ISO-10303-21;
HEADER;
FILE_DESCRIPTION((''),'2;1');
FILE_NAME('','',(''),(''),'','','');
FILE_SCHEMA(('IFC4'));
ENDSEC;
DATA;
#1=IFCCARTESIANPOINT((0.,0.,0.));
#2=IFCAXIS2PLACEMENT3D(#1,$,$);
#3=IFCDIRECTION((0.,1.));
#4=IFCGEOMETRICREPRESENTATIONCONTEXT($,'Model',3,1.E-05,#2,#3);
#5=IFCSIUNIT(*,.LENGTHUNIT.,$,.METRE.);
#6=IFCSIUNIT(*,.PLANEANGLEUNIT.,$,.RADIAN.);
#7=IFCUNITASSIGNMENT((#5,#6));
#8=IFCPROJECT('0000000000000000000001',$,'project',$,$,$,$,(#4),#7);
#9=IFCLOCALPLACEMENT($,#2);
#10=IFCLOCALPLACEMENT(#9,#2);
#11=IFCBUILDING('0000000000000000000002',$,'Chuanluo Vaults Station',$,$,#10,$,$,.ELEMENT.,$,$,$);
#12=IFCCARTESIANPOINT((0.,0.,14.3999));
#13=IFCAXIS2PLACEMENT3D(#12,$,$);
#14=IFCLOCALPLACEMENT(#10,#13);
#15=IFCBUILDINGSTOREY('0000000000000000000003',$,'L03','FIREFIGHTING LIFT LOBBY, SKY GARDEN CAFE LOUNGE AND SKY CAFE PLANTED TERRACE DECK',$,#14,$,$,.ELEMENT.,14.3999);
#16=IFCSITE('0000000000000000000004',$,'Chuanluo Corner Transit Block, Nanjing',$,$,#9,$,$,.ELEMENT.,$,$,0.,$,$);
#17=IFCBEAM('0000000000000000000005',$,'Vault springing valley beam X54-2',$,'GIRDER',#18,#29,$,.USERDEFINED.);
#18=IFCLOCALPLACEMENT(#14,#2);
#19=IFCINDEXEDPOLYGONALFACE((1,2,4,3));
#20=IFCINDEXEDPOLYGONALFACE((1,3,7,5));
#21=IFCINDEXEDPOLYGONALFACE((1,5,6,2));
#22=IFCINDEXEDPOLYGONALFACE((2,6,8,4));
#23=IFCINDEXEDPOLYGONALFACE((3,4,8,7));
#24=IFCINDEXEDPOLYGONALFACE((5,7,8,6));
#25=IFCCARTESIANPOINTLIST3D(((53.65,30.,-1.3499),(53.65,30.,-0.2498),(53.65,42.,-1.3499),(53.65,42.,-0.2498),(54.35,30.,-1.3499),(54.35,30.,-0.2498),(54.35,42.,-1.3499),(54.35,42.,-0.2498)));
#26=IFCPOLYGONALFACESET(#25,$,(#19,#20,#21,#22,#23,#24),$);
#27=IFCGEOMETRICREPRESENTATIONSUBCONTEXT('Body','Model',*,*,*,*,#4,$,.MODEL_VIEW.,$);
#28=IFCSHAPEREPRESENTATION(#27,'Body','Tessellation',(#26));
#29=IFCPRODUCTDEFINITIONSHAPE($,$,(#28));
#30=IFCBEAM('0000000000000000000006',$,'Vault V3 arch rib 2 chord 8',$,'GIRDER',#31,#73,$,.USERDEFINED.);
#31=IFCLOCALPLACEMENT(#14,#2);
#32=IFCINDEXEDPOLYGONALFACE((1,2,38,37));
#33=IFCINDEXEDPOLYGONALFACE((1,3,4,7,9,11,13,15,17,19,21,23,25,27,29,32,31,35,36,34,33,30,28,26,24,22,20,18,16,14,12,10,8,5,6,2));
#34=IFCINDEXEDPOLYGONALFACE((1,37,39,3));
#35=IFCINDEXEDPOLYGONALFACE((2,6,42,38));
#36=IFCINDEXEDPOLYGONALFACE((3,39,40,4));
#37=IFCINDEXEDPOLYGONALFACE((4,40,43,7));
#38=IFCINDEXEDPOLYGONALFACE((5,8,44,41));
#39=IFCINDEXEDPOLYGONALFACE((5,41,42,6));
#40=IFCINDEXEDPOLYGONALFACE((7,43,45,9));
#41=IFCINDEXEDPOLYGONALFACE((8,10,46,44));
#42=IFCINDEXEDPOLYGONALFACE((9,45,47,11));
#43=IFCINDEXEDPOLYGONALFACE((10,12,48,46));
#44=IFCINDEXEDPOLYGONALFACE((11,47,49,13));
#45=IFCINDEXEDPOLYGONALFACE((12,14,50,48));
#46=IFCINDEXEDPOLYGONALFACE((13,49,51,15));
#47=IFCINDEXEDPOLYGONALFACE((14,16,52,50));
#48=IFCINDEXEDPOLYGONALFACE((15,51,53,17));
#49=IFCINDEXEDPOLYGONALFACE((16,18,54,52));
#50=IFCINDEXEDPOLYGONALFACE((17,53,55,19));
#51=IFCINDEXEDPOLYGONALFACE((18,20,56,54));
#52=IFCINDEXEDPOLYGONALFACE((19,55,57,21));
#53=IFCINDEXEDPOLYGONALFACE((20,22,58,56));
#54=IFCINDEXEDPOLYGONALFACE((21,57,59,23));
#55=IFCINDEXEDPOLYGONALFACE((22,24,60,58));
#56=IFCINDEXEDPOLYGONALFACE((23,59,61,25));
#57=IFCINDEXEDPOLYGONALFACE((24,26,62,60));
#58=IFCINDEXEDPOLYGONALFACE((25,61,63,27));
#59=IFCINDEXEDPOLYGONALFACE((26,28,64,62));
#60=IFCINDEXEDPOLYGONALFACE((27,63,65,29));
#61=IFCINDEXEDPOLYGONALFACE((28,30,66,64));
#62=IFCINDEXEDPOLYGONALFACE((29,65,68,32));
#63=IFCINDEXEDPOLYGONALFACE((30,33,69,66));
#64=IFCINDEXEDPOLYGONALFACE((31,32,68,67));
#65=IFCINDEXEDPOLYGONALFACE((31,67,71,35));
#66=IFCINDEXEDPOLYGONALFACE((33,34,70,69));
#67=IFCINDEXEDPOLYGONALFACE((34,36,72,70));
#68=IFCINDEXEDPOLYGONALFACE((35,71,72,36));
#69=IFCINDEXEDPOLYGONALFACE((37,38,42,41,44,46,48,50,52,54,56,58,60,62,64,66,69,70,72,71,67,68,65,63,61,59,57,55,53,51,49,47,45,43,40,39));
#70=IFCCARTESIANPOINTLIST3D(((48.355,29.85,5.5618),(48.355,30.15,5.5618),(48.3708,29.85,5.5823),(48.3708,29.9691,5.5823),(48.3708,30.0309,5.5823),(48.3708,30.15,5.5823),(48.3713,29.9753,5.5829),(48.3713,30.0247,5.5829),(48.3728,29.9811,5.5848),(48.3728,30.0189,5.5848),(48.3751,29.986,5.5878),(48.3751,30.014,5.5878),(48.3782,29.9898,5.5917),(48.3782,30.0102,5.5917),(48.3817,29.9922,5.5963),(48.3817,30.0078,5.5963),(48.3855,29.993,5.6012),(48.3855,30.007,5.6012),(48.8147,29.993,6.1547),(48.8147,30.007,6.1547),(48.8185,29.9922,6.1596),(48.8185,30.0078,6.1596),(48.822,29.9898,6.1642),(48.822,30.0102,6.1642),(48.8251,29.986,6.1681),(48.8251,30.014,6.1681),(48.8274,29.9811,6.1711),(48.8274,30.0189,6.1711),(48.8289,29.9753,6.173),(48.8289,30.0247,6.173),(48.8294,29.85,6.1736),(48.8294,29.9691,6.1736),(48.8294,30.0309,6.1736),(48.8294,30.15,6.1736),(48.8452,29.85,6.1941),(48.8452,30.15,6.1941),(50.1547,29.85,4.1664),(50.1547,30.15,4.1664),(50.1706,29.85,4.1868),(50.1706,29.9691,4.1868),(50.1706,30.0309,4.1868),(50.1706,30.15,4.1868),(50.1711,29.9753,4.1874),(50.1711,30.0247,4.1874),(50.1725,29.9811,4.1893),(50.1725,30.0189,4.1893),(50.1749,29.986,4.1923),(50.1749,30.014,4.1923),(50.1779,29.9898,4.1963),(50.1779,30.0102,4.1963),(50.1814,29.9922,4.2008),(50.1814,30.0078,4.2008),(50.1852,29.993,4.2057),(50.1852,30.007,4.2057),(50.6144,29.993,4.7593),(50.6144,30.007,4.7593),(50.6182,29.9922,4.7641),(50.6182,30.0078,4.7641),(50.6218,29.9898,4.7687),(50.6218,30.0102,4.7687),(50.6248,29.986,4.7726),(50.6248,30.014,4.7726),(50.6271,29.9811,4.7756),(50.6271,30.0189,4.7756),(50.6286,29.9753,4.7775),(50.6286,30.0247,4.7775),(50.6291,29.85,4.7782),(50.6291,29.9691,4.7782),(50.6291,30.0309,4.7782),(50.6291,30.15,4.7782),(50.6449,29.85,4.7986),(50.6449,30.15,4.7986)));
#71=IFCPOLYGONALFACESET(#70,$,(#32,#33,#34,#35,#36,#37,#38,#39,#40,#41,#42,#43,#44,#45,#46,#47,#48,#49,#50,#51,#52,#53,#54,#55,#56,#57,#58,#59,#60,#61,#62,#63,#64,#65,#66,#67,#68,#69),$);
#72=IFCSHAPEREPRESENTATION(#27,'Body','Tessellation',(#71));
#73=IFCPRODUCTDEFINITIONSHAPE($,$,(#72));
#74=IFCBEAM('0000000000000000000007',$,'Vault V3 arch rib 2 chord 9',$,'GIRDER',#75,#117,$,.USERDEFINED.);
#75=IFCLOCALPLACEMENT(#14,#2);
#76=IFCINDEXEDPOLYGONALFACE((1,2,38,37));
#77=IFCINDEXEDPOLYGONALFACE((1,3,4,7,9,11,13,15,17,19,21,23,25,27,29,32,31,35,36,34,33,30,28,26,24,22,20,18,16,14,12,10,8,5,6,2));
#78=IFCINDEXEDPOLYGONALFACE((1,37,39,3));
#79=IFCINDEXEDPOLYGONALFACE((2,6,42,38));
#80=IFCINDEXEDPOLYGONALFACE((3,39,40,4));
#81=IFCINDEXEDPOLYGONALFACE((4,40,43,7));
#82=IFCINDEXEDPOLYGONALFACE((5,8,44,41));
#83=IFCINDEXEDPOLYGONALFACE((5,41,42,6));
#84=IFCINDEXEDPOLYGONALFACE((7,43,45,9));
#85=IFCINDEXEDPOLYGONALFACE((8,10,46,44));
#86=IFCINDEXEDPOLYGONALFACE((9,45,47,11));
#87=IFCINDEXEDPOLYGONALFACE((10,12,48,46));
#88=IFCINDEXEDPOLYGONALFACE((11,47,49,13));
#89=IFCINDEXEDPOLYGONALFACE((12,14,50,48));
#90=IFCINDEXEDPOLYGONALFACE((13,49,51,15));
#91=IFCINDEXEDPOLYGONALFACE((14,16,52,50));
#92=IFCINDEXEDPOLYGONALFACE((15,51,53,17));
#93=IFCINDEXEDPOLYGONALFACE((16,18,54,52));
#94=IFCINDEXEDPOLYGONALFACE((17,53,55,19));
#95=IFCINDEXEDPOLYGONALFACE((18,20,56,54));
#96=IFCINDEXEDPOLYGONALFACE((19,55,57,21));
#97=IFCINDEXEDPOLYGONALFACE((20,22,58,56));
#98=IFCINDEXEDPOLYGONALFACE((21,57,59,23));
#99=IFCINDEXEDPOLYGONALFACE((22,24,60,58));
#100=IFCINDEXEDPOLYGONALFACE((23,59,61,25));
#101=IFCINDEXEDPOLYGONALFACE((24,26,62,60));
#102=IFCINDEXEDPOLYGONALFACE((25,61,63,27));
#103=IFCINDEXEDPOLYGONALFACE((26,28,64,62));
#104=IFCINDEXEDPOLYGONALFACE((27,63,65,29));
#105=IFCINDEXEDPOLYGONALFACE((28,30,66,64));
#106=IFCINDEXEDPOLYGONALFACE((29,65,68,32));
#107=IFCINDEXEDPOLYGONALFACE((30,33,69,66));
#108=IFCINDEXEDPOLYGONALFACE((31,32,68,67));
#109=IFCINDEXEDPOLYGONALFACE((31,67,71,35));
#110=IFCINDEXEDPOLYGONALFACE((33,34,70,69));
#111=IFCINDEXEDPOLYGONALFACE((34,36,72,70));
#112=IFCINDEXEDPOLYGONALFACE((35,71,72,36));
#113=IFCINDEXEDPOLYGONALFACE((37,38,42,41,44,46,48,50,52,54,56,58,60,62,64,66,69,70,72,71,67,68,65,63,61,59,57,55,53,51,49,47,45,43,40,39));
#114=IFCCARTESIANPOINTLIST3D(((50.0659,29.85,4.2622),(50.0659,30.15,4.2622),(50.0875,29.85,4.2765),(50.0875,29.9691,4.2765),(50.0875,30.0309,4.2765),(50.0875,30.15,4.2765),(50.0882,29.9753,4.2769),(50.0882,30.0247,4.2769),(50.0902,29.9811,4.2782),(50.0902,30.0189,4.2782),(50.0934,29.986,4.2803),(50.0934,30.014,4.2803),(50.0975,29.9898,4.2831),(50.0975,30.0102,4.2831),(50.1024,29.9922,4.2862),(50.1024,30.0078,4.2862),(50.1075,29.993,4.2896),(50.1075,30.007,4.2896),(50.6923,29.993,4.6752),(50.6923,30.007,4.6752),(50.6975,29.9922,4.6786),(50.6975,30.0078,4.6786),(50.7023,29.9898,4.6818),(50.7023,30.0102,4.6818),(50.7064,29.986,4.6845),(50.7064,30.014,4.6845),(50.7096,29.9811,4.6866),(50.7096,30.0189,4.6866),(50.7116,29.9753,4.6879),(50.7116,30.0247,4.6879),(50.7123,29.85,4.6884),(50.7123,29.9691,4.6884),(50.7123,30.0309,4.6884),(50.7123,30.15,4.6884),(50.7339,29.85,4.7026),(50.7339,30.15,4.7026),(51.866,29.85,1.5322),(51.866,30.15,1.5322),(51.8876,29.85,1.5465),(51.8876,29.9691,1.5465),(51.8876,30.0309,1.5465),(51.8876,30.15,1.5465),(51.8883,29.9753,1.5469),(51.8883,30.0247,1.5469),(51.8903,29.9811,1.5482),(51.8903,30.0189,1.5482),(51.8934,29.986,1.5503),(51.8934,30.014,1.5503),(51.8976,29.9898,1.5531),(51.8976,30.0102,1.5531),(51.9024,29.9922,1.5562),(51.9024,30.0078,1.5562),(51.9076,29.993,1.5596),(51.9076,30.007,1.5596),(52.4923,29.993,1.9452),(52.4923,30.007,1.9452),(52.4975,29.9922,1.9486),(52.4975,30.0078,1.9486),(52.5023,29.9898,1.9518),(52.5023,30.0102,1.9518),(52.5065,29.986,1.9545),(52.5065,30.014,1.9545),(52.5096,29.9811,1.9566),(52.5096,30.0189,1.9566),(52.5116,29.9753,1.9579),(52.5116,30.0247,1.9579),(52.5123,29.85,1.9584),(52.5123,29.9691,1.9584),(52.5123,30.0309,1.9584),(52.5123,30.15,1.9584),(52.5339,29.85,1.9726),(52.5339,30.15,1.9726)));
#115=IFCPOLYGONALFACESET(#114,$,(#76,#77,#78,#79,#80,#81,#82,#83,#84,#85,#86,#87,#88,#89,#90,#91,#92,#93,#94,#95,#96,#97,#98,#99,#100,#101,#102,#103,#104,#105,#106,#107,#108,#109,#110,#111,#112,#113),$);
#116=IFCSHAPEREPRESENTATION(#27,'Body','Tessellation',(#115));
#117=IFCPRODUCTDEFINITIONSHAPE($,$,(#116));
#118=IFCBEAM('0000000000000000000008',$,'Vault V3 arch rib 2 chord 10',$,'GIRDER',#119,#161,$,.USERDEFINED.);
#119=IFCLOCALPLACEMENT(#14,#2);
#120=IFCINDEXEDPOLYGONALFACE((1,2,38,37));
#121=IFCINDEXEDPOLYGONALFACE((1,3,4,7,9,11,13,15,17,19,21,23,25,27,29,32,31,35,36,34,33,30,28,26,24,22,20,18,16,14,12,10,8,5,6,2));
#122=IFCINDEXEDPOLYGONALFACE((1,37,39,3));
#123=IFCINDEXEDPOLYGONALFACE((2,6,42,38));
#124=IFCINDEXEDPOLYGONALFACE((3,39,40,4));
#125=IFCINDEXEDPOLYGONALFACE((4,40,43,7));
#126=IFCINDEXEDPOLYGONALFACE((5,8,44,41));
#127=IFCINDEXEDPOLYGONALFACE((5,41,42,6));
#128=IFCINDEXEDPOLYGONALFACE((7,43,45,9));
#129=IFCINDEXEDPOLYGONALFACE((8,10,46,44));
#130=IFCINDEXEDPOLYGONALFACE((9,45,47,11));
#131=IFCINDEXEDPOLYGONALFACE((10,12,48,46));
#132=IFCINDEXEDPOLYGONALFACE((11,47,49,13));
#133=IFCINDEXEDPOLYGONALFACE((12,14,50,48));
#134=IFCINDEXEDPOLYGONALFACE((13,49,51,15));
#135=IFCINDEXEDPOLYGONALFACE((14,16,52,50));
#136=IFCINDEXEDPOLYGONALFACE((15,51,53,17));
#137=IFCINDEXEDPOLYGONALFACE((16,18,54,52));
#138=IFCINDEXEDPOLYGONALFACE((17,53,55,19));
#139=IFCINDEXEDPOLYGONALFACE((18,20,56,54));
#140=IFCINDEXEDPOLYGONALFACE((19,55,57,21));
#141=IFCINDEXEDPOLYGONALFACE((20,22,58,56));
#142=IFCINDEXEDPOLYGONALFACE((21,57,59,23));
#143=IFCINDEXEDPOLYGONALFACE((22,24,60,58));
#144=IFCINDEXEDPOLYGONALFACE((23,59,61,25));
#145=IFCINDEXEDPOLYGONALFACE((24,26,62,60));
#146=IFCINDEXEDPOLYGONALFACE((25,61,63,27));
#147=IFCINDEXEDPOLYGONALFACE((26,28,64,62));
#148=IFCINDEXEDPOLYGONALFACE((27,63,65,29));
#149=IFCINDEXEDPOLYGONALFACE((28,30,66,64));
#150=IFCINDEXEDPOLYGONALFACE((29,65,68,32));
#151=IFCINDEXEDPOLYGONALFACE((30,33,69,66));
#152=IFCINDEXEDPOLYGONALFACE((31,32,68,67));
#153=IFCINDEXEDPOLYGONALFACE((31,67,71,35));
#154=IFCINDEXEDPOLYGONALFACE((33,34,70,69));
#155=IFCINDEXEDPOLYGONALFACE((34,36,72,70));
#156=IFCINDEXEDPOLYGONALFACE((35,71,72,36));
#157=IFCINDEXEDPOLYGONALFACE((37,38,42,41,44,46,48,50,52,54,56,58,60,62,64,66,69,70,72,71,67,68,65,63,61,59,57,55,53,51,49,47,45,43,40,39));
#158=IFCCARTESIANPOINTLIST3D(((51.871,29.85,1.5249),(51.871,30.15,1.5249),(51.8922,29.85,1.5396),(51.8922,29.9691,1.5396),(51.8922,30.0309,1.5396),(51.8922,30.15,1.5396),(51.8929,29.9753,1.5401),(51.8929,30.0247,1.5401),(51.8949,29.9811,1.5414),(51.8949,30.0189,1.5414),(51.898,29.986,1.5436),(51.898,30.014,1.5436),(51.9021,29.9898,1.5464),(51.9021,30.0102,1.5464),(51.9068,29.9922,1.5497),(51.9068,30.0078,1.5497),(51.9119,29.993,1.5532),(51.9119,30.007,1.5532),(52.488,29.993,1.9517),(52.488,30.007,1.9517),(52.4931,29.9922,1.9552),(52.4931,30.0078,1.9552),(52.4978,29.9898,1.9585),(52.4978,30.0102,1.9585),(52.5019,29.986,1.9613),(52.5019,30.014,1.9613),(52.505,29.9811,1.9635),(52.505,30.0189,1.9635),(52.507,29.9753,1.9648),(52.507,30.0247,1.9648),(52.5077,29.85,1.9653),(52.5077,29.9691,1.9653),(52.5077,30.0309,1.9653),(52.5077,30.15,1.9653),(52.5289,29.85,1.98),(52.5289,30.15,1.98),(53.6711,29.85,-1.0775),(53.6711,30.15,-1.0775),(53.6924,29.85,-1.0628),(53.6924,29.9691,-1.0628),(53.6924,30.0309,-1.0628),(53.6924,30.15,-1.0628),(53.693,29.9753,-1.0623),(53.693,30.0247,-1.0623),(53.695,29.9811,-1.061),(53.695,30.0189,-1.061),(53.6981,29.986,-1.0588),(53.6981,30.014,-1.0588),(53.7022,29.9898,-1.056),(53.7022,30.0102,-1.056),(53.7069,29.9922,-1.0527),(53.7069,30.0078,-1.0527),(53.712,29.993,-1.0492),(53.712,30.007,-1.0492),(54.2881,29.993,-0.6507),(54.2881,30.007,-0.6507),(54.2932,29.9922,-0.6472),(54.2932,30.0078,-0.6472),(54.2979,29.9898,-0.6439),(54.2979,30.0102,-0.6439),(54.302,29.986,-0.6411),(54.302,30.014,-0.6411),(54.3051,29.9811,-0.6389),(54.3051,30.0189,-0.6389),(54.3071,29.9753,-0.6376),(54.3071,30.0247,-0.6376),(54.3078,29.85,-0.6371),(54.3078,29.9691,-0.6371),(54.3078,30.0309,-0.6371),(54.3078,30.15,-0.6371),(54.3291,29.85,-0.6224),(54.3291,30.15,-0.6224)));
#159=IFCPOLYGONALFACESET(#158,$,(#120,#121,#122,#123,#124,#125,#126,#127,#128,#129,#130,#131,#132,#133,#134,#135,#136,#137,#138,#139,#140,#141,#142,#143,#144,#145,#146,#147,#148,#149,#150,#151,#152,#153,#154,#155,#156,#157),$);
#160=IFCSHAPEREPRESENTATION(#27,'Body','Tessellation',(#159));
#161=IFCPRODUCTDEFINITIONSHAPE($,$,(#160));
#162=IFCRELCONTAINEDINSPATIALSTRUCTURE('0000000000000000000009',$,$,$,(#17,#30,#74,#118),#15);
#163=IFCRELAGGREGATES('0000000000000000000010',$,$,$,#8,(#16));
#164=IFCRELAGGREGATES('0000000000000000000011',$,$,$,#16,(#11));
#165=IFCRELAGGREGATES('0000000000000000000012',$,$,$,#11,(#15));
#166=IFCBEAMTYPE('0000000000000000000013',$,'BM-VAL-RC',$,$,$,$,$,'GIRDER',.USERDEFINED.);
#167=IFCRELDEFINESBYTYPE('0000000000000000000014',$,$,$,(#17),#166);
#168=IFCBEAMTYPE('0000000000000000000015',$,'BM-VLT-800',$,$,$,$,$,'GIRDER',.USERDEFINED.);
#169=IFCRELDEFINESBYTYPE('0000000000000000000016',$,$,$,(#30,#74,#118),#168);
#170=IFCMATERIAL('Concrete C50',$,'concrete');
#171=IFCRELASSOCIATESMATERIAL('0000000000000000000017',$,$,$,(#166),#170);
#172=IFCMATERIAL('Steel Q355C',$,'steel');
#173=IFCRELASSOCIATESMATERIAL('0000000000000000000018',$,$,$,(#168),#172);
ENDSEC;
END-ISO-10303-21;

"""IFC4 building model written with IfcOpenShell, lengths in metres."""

from ifc_helpers import new_model, si_unit, direction, frame, origin, origin_2d, place, context, subcontext, project, spatial, rectangle, i_section, extrude, material, material_profile, profile_set, type_object, element, save


model = new_model("IFC4")

# Units and contexts
model_context = context("Model", 3, precision=1e-05, world=origin(), true_north=direction((0.0, 1.0)))
body_context = subcontext(model_context, "Body", "Model", "MODEL_VIEW")
ifc_project = project(units=[si_unit("LENGTHUNIT", "METRE"), si_unit("PLANEANGLEUNIT", "RADIAN")], contexts=[model_context])

# Site, building, storey
site_placement = place(None, origin())
site = spatial("IfcSite", under=ifc_project, at=site_placement, Name="Chuanluo Corner Transit Block, Nanjing", CompositionType="ELEMENT", RefElevation=0.0)
building_placement = place(site_placement, origin())
building = spatial("IfcBuilding", under=site, at=building_placement, Name="Chuanluo Vaults Station", CompositionType="ELEMENT")
storey_placement = place(building_placement, frame((0.0, 0.0, 14.3999)))
storey = spatial("IfcBuildingStorey", under=building, at=storey_placement, Name="L03", Description="FIREFIGHTING LIFT LOBBY, SKY GARDEN CAFE LOUNGE AND SKY CAFE PLANTED TERRACE DECK", CompositionType="ELEMENT", Elevation=14.3999)

# Beams
ifc_material_1 = material(Name="Concrete C50", Category="concrete")
ifc_material_profile_1 = material_profile(ifc_material_1, rectangle(XDim=0.7, YDim=1.1001, at=origin_2d()))
ifc_profile_set_1 = profile_set([ifc_material_profile_1], Name="Concrete C50")
beam_type_1 = type_object("IfcBeamType", Name="BM-VAL-RC", ElementType="GIRDER", PredefinedType="USERDEFINED", material=ifc_profile_set_1)
beam_1_placement = place(storey_placement, frame((54.0, 30.0, -0.7998), z_axis=(0.0, 1.0, 0.0), x_axis=(-1.0, 0.0, 0.0)))
element("IfcBeam", 1, at=beam_1_placement, inside=storey, type_object=beam_type_1, Name="Vault springing valley beam X54-2", ObjectType="GIRDER", PredefinedType="USERDEFINED", context=body_context, shape_type="SweptSolid", body=[
    extrude(rectangle(XDim=0.7, YDim=1.1001, at=origin_2d()), origin(), (0.0, 0.0, 1.0), 12.0),
])
ifc_material_2 = material(Name="Steel Q355C", Category="steel")
ifc_material_profile_2 = material_profile(ifc_material_2, i_section(OverallWidth=0.3, OverallDepth=0.8, WebThickness=0.0139, FlangeThickness=0.0259, FilletRadius=0.0239, at=origin_2d()))
ifc_profile_set_2 = profile_set([ifc_material_profile_2], Name="Steel Q355C")
beam_type_2 = type_object("IfcBeamType", Name="BM-VLT-800", ElementType="GIRDER", PredefinedType="USERDEFINED", material=ifc_profile_set_2)
beam_2_placement = place(storey_placement, frame((48.6001, 30.0, 5.8779), z_axis=(0.790275, 0.0, -0.612752), x_axis=(0.0, 1.0, 0.0)))
element("IfcBeam", 2, at=beam_2_placement, inside=storey, type_object=beam_type_2, Name="Vault V3 arch rib 2 chord 8", ObjectType="GIRDER", PredefinedType="USERDEFINED", context=body_context, shape_type="SweptSolid", body=[
    extrude(i_section(OverallWidth=0.3, OverallDepth=0.8, WebThickness=0.0139, FlangeThickness=0.0259, FilletRadius=0.0239, at=origin_2d()), origin(), (0.0, 0.0, 1.0), 2.2773),
])
beam_3_placement = place(storey_placement, frame((50.3999, 30.0, 4.4824), z_axis=(0.550472, 0.0, -0.834854), x_axis=(0.0, 1.0, 0.0)))
element("IfcBeam", 3, at=beam_3_placement, inside=storey, type_object=beam_type_2, Name="Vault V3 arch rib 2 chord 9", ObjectType="GIRDER", PredefinedType="USERDEFINED", context=body_context, shape_type="SweptSolid", body=[
    extrude(i_section(OverallWidth=0.3, OverallDepth=0.8, WebThickness=0.0139, FlangeThickness=0.0259, FilletRadius=0.0239, at=origin_2d()), origin(), (0.0, 0.0, 1.0), 3.27),
])
beam_4_placement = place(storey_placement, frame((52.2, 30.0, 1.7524), z_axis=(0.568881, 0.0, -0.82242), x_axis=(0.0, 1.0, 0.0)))
element("IfcBeam", 4, at=beam_4_placement, inside=storey, type_object=beam_type_2, Name="Vault V3 arch rib 2 chord 10", ObjectType="GIRDER", PredefinedType="USERDEFINED", context=body_context, shape_type="SweptSolid", body=[
    extrude(i_section(OverallWidth=0.3, OverallDepth=0.8, WebThickness=0.0139, FlangeThickness=0.0259, FilletRadius=0.0239, at=origin_2d()), origin(), (0.0, 0.0, 1.0), 3.1643),
])

save(model, "model.ifc")
